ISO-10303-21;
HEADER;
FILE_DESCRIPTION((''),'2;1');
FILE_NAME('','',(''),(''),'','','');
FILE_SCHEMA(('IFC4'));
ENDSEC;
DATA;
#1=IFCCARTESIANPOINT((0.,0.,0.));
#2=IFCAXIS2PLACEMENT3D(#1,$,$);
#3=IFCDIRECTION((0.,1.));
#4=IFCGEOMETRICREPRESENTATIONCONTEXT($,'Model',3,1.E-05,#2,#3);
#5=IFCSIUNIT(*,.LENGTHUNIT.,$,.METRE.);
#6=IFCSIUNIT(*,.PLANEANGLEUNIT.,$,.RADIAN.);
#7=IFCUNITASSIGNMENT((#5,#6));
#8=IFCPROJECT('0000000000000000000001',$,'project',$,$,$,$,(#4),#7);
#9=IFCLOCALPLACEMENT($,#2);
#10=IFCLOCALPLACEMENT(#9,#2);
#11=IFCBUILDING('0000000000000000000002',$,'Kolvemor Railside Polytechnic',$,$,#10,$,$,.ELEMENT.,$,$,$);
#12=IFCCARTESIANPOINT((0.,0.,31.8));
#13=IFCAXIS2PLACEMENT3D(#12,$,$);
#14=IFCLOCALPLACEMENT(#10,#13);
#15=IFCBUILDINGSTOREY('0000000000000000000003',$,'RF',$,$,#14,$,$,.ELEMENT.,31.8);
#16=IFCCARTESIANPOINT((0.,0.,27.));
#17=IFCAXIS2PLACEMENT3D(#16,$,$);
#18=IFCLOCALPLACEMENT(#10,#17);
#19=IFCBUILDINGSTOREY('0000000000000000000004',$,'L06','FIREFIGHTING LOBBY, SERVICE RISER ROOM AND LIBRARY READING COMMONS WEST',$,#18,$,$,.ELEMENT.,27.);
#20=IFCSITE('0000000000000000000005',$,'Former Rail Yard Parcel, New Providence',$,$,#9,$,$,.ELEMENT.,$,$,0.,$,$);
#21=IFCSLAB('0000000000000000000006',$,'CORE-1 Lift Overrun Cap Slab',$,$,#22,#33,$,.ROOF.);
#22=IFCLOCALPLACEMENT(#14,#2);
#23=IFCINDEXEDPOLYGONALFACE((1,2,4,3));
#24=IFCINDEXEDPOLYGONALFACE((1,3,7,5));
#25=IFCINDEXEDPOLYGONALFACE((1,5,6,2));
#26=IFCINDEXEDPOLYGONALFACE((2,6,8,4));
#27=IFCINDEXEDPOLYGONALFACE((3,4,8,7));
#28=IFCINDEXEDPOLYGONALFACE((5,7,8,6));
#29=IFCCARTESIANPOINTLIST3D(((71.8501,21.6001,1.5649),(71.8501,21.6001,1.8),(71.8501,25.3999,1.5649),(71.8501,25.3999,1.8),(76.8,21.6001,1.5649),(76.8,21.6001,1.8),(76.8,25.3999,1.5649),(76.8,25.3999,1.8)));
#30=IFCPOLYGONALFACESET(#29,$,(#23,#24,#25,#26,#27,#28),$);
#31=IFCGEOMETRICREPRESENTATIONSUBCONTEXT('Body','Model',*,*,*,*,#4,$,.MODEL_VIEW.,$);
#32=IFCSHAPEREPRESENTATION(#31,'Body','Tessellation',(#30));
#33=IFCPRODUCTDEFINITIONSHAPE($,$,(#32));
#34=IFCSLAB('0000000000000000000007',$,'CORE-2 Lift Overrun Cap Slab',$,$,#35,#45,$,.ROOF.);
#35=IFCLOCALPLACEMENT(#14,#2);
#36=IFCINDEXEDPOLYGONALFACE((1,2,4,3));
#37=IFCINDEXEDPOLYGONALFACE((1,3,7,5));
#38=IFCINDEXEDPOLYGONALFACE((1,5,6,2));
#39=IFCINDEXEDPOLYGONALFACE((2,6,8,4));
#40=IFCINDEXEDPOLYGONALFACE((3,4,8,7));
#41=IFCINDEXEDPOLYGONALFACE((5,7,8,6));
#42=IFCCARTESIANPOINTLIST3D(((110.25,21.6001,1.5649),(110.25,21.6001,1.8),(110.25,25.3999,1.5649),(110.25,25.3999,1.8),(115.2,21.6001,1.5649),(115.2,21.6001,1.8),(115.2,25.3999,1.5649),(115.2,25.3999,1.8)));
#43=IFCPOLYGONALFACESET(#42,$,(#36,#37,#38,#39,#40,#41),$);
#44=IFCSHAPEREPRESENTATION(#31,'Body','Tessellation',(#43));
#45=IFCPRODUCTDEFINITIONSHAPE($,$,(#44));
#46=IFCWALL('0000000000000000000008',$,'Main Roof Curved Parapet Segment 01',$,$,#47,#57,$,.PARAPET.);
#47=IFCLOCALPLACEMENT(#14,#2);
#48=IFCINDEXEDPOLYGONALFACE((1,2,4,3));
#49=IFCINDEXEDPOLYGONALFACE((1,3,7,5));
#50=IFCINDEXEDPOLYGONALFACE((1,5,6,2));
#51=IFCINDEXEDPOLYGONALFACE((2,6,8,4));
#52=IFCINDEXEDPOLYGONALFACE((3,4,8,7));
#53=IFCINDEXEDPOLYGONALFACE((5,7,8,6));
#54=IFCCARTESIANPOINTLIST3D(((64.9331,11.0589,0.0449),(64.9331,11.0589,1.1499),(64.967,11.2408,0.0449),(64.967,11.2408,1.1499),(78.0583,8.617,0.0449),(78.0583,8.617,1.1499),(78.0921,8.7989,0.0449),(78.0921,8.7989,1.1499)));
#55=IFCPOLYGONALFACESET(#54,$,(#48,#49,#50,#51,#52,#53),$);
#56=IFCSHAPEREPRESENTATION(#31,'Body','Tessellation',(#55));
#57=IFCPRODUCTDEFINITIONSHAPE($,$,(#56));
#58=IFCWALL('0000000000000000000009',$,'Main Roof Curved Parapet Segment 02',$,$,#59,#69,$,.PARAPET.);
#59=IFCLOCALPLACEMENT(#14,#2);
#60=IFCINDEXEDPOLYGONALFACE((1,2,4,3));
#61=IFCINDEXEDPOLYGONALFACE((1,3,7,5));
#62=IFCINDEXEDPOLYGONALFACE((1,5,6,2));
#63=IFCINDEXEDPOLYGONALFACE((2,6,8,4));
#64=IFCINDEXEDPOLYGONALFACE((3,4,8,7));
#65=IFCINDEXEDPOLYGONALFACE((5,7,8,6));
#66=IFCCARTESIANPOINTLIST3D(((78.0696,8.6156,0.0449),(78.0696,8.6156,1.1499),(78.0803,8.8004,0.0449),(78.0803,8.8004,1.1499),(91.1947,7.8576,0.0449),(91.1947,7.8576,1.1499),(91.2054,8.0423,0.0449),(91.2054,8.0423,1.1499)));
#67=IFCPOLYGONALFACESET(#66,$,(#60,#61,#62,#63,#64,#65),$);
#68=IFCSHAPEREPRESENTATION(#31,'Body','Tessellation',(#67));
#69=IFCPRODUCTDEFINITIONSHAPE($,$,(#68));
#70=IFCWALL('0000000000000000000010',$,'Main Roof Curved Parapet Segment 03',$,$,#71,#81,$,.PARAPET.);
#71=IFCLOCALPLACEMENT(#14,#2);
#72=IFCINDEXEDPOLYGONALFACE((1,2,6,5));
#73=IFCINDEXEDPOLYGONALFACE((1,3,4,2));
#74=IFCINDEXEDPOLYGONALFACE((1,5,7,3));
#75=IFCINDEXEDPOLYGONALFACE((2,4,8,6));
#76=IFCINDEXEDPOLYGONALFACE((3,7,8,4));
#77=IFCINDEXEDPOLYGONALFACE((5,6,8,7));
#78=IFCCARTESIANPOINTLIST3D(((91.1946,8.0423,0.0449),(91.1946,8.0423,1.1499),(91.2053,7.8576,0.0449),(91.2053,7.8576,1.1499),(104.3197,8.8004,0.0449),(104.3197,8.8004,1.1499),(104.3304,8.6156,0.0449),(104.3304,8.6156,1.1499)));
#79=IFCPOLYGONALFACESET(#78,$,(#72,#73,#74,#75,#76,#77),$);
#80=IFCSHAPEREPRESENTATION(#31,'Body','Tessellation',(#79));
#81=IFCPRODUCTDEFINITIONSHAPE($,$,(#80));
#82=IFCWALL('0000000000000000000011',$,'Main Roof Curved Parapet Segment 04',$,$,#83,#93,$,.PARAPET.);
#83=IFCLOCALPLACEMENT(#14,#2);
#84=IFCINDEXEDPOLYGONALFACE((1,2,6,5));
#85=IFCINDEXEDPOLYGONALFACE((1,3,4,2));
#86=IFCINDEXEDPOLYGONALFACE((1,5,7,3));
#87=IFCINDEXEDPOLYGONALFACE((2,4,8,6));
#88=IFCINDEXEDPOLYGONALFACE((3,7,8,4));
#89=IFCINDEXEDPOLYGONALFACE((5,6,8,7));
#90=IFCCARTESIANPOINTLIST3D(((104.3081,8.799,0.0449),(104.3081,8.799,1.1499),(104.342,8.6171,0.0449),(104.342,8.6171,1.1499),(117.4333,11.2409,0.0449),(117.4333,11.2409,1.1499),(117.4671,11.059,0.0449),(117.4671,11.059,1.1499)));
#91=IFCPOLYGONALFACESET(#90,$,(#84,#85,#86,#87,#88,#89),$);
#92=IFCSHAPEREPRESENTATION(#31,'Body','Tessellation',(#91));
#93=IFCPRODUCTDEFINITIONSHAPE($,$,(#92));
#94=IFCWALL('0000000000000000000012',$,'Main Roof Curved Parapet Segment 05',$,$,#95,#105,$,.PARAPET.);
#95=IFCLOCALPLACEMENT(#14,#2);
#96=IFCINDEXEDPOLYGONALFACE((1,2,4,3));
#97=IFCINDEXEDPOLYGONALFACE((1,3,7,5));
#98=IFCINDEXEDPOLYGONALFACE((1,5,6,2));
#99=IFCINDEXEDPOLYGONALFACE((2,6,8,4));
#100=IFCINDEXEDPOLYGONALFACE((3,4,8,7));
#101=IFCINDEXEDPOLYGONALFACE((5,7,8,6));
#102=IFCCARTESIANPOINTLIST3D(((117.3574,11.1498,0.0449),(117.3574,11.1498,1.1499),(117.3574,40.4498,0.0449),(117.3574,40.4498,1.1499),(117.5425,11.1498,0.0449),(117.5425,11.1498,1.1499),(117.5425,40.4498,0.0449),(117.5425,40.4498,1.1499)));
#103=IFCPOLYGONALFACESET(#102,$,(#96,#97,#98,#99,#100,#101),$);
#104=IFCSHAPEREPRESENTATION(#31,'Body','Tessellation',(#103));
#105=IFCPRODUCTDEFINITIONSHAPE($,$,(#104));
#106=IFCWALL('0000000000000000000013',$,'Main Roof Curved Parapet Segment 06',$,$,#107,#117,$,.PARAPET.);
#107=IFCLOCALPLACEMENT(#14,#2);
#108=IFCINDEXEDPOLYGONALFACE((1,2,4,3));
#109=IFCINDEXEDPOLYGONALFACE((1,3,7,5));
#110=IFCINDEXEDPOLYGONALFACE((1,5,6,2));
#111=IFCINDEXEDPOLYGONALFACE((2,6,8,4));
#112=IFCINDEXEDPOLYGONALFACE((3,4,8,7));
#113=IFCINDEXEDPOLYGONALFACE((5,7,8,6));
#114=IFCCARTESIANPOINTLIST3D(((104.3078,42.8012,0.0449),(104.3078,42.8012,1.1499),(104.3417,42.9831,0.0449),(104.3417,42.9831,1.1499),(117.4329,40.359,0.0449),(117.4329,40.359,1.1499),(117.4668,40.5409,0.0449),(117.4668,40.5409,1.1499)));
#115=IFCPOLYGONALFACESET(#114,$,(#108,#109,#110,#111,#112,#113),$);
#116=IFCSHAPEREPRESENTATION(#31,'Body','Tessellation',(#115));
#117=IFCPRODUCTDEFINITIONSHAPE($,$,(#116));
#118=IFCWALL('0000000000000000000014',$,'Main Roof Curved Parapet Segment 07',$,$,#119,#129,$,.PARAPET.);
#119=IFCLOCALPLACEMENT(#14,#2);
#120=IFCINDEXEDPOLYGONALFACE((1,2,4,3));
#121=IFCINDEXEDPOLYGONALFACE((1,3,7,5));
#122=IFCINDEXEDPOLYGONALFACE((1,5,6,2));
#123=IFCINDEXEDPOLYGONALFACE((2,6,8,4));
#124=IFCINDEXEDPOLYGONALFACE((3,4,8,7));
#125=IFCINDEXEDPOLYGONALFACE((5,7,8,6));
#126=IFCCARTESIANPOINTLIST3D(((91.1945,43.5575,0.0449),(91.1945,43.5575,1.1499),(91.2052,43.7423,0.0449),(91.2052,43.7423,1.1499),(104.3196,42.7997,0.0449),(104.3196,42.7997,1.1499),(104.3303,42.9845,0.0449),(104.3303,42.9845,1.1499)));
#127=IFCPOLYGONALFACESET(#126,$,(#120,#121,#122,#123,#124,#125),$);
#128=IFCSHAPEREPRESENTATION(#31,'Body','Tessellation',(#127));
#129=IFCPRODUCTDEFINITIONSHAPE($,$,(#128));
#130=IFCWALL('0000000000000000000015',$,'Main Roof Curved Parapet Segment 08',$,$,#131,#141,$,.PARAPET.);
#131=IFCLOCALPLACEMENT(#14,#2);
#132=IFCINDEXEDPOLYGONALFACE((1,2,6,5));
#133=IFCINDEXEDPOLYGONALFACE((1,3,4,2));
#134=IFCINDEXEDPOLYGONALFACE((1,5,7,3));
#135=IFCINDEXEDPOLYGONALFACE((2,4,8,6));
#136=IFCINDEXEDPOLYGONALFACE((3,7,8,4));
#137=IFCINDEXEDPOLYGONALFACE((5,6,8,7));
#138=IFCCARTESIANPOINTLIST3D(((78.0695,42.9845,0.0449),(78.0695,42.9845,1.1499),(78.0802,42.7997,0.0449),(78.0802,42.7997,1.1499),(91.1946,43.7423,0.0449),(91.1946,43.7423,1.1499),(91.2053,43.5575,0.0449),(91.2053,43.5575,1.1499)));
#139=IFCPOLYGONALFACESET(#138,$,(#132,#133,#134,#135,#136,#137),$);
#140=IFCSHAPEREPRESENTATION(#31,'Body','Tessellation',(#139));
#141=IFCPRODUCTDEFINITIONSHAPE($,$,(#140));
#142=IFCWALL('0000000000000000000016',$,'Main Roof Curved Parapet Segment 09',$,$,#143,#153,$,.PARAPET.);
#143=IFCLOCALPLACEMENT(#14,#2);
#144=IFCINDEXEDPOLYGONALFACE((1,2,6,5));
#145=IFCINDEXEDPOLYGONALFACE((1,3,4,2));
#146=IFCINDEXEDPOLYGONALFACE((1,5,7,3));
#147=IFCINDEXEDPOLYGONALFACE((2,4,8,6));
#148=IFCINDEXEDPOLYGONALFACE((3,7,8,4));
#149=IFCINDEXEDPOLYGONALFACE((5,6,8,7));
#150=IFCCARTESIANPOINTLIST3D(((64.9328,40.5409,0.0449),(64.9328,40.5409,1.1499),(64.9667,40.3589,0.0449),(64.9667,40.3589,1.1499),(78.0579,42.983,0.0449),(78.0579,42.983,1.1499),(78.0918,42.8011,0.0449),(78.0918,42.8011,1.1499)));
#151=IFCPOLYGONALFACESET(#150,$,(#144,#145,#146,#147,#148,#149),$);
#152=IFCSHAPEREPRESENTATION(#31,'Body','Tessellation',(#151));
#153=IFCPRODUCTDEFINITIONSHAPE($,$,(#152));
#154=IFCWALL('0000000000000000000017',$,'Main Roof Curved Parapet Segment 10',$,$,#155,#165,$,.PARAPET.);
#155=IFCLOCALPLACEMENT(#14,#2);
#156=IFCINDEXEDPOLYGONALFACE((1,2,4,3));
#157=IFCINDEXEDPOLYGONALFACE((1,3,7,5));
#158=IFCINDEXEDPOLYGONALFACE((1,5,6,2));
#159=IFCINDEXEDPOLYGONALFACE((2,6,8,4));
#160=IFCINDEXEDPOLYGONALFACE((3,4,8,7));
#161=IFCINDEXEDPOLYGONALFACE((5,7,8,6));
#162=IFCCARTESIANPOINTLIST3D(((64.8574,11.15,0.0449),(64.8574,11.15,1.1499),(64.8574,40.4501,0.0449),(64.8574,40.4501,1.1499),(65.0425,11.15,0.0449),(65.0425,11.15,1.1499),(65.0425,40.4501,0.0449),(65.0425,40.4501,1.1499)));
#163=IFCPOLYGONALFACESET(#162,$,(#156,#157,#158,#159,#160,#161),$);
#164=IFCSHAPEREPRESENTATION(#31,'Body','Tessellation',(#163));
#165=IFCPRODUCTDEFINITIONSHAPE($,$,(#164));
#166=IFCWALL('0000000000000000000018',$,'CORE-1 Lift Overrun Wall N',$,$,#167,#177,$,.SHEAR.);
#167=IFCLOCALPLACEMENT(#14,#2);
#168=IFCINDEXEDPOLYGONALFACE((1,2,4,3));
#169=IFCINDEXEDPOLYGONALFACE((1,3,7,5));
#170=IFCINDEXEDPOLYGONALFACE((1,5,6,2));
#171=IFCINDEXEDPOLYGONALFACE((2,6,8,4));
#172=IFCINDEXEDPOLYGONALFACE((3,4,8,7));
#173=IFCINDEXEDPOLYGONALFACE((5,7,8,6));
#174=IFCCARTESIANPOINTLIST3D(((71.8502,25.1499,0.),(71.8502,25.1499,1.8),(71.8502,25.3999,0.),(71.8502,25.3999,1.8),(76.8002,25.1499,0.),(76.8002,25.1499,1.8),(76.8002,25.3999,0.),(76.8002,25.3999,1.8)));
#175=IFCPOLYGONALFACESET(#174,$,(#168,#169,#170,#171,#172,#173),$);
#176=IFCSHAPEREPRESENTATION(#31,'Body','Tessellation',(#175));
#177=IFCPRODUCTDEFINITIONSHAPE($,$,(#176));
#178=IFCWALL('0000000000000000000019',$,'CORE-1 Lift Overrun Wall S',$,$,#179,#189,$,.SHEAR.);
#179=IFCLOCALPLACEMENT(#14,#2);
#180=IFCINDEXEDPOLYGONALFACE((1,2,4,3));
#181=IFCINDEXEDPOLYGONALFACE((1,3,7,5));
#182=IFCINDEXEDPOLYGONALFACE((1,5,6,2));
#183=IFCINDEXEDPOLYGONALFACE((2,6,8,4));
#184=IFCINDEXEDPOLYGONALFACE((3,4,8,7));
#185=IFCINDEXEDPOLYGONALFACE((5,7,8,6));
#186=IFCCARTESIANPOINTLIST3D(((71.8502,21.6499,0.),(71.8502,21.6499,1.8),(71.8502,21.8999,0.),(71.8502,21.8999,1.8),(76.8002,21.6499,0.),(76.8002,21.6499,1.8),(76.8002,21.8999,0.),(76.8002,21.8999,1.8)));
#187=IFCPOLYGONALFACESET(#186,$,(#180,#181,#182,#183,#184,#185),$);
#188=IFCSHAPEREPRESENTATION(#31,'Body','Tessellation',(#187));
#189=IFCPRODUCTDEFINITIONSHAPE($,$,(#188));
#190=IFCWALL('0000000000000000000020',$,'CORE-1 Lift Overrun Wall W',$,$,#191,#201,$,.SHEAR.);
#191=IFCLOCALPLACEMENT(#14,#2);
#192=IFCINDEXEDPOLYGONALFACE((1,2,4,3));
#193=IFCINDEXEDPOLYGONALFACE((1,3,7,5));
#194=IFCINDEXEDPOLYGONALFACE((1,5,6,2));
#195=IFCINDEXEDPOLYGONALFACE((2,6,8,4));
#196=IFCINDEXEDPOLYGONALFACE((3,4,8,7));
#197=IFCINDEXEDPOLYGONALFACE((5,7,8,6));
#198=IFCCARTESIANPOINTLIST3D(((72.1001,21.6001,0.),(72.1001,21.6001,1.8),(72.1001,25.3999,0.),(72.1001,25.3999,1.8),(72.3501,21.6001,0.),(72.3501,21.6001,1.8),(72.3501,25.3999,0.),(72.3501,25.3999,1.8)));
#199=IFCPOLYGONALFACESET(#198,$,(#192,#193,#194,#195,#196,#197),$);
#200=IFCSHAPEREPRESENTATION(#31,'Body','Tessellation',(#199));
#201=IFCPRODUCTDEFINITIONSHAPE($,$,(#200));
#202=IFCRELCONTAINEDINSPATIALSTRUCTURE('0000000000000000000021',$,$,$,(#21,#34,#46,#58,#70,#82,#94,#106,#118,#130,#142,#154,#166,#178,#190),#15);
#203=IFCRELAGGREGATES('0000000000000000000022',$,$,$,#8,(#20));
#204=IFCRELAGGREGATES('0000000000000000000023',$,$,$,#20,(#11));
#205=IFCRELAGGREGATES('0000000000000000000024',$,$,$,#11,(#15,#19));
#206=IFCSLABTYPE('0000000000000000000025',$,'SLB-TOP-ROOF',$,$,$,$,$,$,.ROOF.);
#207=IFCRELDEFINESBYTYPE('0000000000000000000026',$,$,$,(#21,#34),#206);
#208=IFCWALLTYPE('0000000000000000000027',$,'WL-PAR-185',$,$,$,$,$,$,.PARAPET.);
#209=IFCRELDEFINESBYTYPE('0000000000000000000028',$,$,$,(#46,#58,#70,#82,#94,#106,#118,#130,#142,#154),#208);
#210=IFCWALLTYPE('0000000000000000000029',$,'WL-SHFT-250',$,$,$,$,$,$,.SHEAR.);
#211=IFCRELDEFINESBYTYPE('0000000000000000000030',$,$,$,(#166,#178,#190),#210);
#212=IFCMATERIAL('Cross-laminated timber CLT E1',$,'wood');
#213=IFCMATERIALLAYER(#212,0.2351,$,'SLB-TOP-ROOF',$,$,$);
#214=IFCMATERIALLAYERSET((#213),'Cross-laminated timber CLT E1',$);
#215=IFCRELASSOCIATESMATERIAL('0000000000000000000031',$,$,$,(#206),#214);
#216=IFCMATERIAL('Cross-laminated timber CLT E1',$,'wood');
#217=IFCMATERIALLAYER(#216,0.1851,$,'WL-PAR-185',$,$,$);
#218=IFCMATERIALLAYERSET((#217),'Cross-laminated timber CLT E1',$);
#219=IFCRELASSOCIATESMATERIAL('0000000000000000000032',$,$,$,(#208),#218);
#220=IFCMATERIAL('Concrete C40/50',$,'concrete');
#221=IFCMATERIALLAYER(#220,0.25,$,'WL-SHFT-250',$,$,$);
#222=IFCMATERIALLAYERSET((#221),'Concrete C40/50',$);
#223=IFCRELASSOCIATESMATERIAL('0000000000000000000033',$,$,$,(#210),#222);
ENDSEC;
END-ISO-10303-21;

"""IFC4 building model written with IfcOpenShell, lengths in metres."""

from ifc_helpers import new_model, si_unit, direction, frame, frame_2d, origin, place, context, subcontext, project, spatial, polyline, rectangle, outline, extrude, material, layer, layer_set, type_object, element, save


model = new_model("IFC4")

# Units and contexts
model_context = context("Model", 3, precision=1e-05, world=origin(), true_north=direction((0.0, 1.0)))
body_context = subcontext(model_context, "Body", "Model", "MODEL_VIEW")
ifc_project = project(units=[si_unit("LENGTHUNIT", "METRE"), si_unit("PLANEANGLEUNIT", "RADIAN")], contexts=[model_context])

# Site, building, storey
site_placement = place(None, origin())
site = spatial("IfcSite", under=ifc_project, at=site_placement, Name="Former Rail Yard Parcel, New Providence", CompositionType="ELEMENT", RefElevation=0.0)
building_placement = place(site_placement, origin())
building = spatial("IfcBuilding", under=site, at=building_placement, Name="Kolvemor Railside Polytechnic", CompositionType="ELEMENT")
storey_1_placement = place(building_placement, frame((0.0, 0.0, 31.8)))
storey_1 = spatial("IfcBuildingStorey", under=building, at=storey_1_placement, Name="RF", CompositionType="ELEMENT", Elevation=31.8)

# Shared definitions
ifc_material_1 = material(Name="Cross-laminated timber CLT E1", Category="wood")
ifc_layer_1 = layer(ifc_material_1, 0.2351, Name="SLB-TOP-ROOF")
ifc_layer_set_1 = layer_set([ifc_layer_1], Name="Cross-laminated timber CLT E1")
slab_type = type_object("IfcSlabType", Name="SLB-TOP-ROOF", PredefinedType="ROOF", material=ifc_layer_set_1)

# Shared definitions
storey_2_placement = place(building_placement, frame((0.0, 0.0, 27.0)))
storey_2 = spatial("IfcBuildingStorey", under=building, at=storey_2_placement, Name="L06", Description="FIREFIGHTING LOBBY, SERVICE RISER ROOM AND LIBRARY READING COMMONS WEST", CompositionType="ELEMENT", Elevation=27.0)

# Slabs
slab_1_placement = place(storey_1_placement, frame((0.0, 0.0, 1.5649)))
element("IfcSlab", 1, at=slab_1_placement, inside=storey_1, type_object=slab_type, Name="CORE-1 Lift Overrun Cap Slab", PredefinedType="ROOF", context=body_context, shape_type="SweptSolid", body=[
    extrude(outline(polyline([(71.8501, 21.6001), (76.8, 21.6001), (76.8, 25.3999), (71.8501, 25.3999), (71.8501, 21.6001)])), origin(), (0.0, 0.0, 1.0), 0.2351),
])
slab_2_placement = place(storey_1_placement, frame((0.0, 0.0, 1.5649)))
element("IfcSlab", 2, at=slab_2_placement, inside=storey_1, type_object=slab_type, Name="CORE-2 Lift Overrun Cap Slab", PredefinedType="ROOF", context=body_context, shape_type="SweptSolid", body=[
    extrude(outline(polyline([(110.25, 21.6001), (115.2, 21.6001), (115.2, 25.3999), (110.25, 25.3999), (110.25, 21.6001)])), origin(), (0.0, 0.0, 1.0), 0.2351),
])

# Walls
ifc_material_2 = material(Name="Cross-laminated timber CLT E1", Category="wood")
ifc_layer_2 = layer(ifc_material_2, 0.1851, Name="WL-PAR-185")
ifc_layer_set_2 = layer_set([ifc_layer_2], Name="Cross-laminated timber CLT E1")
wall_type_1 = type_object("IfcWallType", Name="WL-PAR-185", PredefinedType="PARAPET", material=ifc_layer_set_2)
wall_1_placement = place(storey_1_placement, frame((64.95, 11.1499, 0.0449), z_axis=(0.0, 0.0, 1.0), x_axis=(0.98313, -0.18291, 0.0)))
element("IfcWall", 3, at=wall_1_placement, inside=storey_1, type_object=wall_type_1, Name="Main Roof Curved Parapet Segment 01", PredefinedType="PARAPET", context=body_context, shape_type="SweptSolid", body=[
    extrude(rectangle(XDim=13.3503, YDim=0.1851, at=frame_2d((6.6753, 0.0))), origin(), (0.0, 0.0, 1.0), 1.105),
])
for number, where, z_axis, x_axis, name in (
    (4, (78.075, 8.708, 0.0449), (0.0, 0.0, 1.0), (0.998336, -0.057661, 0.0), "Main Roof Curved Parapet Segment 02"),
    (5, (91.2, 7.95, 0.0449), (0.0, 0.0, 1.0), (0.998336, 0.057661, 0.0), "Main Roof Curved Parapet Segment 03"),
):
    element("IfcWall", number, at=place(storey_1_placement, frame(where, z_axis=z_axis, x_axis=x_axis)), inside=storey_1, type_object=wall_type_1, Name=name, PredefinedType="PARAPET", context=body_context, shape_type="SweptSolid", body=[
        extrude(rectangle(XDim=13.147, YDim=0.1851, at=frame_2d((6.5735, 0.0))), origin(), (0.0, 0.0, 1.0), 1.105),
    ])
wall_2_placement = place(storey_1_placement, frame((104.325, 8.708, 0.0449), z_axis=(0.0, 0.0, 1.0), x_axis=(0.98313, 0.18291, 0.0)))
element("IfcWall", 6, at=wall_2_placement, inside=storey_1, type_object=wall_type_1, Name="Main Roof Curved Parapet Segment 04", PredefinedType="PARAPET", context=body_context, shape_type="SweptSolid", body=[
    extrude(rectangle(XDim=13.3503, YDim=0.1851, at=frame_2d((6.6753, 0.0))), origin(), (0.0, 0.0, 1.0), 1.105),
])
wall_3_placement = place(storey_1_placement, frame((117.45, 11.1499, 0.0449), z_axis=(0.0, 0.0, 1.0), x_axis=(0.0, 1.0, 0.0)))
element("IfcWall", 7, at=wall_3_placement, inside=storey_1, type_object=wall_type_1, Name="Main Roof Curved Parapet Segment 05", PredefinedType="PARAPET", context=body_context, shape_type="SweptSolid", body=[
    extrude(rectangle(XDim=29.3, YDim=0.1851, at=frame_2d((14.6499, 0.0))), origin(), (0.0, 0.0, 1.0), 1.105),
])
wall_4_placement = place(storey_1_placement, frame((117.45, 40.45, 0.0449), z_axis=(0.0, 0.0, 1.0), x_axis=(-0.983126, 0.182928, 0.0)))
element("IfcWall", 8, at=wall_4_placement, inside=storey_1, type_object=wall_type_1, Name="Main Roof Curved Parapet Segment 06", PredefinedType="PARAPET", context=body_context, shape_type="SweptSolid", body=[
    extrude(rectangle(XDim=13.3503, YDim=0.1851, at=frame_2d((6.6753, 0.0))), origin(), (0.0, 0.0, 1.0), 1.105),
])
for number, where, z_axis, x_axis, name in (
    (9, (104.325, 42.8921, 0.0449), (0.0, 0.0, 1.0), (-0.998337, 0.057642, 0.0), "Main Roof Curved Parapet Segment 07"),
    (10, (91.2, 43.6499, 0.0449), (0.0, 0.0, 1.0), (-0.998337, -0.057642, 0.0), "Main Roof Curved Parapet Segment 08"),
):
    element("IfcWall", number, at=place(storey_1_placement, frame(where, z_axis=z_axis, x_axis=x_axis)), inside=storey_1, type_object=wall_type_1, Name=name, PredefinedType="PARAPET", context=body_context, shape_type="SweptSolid", body=[
        extrude(rectangle(XDim=13.147, YDim=0.1851, at=frame_2d((6.5735, 0.0))), origin(), (0.0, 0.0, 1.0), 1.105),
    ])
wall_5_placement = place(storey_1_placement, frame((78.075, 42.8921, 0.0449), z_axis=(0.0, 0.0, 1.0), x_axis=(-0.983126, -0.182928, 0.0)))
element("IfcWall", 11, at=wall_5_placement, inside=storey_1, type_object=wall_type_1, Name="Main Roof Curved Parapet Segment 09", PredefinedType="PARAPET", context=body_context, shape_type="SweptSolid", body=[
    extrude(rectangle(XDim=13.3503, YDim=0.1851, at=frame_2d((6.6753, 0.0))), origin(), (0.0, 0.0, 1.0), 1.105),
])
wall_6_placement = place(storey_1_placement, frame((64.95, 40.45, 0.0449), z_axis=(0.0, 0.0, 1.0), x_axis=(0.0, -1.0, 0.0)))
element("IfcWall", 12, at=wall_6_placement, inside=storey_1, type_object=wall_type_1, Name="Main Roof Curved Parapet Segment 10", PredefinedType="PARAPET", context=body_context, shape_type="SweptSolid", body=[
    extrude(rectangle(XDim=29.3, YDim=0.1851, at=frame_2d((14.6499, 0.0))), origin(), (0.0, 0.0, 1.0), 1.105),
])
ifc_material_3 = material(Name="Concrete C40/50", Category="concrete")
ifc_layer_3 = layer(ifc_material_3, 0.25, Name="WL-SHFT-250")
ifc_layer_set_3 = layer_set([ifc_layer_3], Name="Concrete C40/50")
wall_type_2 = type_object("IfcWallType", Name="WL-SHFT-250", PredefinedType="SHEAR", material=ifc_layer_set_3)
for number, where, z_axis, x_axis, name in (
    (13, (71.8501, 25.2749, 0.0), (0.0, 0.0, 1.0), (1.0, 0.0, 0.0), "CORE-1 Lift Overrun Wall N"),
    (14, (71.8501, 21.7749, 0.0), (0.0, 0.0, 1.0), (1.0, 0.0, 0.0), "CORE-1 Lift Overrun Wall S"),
):
    element("IfcWall", number, at=place(storey_1_placement, frame(where, z_axis=z_axis, x_axis=x_axis)), inside=storey_1, type_object=wall_type_2, Name=name, PredefinedType="SHEAR", context=body_context, shape_type="SweptSolid", body=[
        extrude(rectangle(XDim=4.95, YDim=0.25, at=frame_2d((2.4751, 0.0))), origin(), (0.0, 0.0, 1.0), 1.8),
    ])
for number, where, z_axis, x_axis, name in (
    (15, (72.2251, 21.6001, 0.0), (0.0, 0.0, 1.0), (0.0, 1.0, 0.0), "CORE-1 Lift Overrun Wall W"),
):
    element("IfcWall", number, at=place(storey_1_placement, frame(where, z_axis=z_axis, x_axis=x_axis)), inside=storey_1, type_object=wall_type_2, Name=name, PredefinedType="SHEAR", context=body_context, shape_type="SweptSolid", body=[
        extrude(rectangle(XDim=3.7998, YDim=0.25, at=frame_2d((1.8999, 0.0))), origin(), (0.0, 0.0, 1.0), 1.8),
    ])

save(model, "model.ifc")
